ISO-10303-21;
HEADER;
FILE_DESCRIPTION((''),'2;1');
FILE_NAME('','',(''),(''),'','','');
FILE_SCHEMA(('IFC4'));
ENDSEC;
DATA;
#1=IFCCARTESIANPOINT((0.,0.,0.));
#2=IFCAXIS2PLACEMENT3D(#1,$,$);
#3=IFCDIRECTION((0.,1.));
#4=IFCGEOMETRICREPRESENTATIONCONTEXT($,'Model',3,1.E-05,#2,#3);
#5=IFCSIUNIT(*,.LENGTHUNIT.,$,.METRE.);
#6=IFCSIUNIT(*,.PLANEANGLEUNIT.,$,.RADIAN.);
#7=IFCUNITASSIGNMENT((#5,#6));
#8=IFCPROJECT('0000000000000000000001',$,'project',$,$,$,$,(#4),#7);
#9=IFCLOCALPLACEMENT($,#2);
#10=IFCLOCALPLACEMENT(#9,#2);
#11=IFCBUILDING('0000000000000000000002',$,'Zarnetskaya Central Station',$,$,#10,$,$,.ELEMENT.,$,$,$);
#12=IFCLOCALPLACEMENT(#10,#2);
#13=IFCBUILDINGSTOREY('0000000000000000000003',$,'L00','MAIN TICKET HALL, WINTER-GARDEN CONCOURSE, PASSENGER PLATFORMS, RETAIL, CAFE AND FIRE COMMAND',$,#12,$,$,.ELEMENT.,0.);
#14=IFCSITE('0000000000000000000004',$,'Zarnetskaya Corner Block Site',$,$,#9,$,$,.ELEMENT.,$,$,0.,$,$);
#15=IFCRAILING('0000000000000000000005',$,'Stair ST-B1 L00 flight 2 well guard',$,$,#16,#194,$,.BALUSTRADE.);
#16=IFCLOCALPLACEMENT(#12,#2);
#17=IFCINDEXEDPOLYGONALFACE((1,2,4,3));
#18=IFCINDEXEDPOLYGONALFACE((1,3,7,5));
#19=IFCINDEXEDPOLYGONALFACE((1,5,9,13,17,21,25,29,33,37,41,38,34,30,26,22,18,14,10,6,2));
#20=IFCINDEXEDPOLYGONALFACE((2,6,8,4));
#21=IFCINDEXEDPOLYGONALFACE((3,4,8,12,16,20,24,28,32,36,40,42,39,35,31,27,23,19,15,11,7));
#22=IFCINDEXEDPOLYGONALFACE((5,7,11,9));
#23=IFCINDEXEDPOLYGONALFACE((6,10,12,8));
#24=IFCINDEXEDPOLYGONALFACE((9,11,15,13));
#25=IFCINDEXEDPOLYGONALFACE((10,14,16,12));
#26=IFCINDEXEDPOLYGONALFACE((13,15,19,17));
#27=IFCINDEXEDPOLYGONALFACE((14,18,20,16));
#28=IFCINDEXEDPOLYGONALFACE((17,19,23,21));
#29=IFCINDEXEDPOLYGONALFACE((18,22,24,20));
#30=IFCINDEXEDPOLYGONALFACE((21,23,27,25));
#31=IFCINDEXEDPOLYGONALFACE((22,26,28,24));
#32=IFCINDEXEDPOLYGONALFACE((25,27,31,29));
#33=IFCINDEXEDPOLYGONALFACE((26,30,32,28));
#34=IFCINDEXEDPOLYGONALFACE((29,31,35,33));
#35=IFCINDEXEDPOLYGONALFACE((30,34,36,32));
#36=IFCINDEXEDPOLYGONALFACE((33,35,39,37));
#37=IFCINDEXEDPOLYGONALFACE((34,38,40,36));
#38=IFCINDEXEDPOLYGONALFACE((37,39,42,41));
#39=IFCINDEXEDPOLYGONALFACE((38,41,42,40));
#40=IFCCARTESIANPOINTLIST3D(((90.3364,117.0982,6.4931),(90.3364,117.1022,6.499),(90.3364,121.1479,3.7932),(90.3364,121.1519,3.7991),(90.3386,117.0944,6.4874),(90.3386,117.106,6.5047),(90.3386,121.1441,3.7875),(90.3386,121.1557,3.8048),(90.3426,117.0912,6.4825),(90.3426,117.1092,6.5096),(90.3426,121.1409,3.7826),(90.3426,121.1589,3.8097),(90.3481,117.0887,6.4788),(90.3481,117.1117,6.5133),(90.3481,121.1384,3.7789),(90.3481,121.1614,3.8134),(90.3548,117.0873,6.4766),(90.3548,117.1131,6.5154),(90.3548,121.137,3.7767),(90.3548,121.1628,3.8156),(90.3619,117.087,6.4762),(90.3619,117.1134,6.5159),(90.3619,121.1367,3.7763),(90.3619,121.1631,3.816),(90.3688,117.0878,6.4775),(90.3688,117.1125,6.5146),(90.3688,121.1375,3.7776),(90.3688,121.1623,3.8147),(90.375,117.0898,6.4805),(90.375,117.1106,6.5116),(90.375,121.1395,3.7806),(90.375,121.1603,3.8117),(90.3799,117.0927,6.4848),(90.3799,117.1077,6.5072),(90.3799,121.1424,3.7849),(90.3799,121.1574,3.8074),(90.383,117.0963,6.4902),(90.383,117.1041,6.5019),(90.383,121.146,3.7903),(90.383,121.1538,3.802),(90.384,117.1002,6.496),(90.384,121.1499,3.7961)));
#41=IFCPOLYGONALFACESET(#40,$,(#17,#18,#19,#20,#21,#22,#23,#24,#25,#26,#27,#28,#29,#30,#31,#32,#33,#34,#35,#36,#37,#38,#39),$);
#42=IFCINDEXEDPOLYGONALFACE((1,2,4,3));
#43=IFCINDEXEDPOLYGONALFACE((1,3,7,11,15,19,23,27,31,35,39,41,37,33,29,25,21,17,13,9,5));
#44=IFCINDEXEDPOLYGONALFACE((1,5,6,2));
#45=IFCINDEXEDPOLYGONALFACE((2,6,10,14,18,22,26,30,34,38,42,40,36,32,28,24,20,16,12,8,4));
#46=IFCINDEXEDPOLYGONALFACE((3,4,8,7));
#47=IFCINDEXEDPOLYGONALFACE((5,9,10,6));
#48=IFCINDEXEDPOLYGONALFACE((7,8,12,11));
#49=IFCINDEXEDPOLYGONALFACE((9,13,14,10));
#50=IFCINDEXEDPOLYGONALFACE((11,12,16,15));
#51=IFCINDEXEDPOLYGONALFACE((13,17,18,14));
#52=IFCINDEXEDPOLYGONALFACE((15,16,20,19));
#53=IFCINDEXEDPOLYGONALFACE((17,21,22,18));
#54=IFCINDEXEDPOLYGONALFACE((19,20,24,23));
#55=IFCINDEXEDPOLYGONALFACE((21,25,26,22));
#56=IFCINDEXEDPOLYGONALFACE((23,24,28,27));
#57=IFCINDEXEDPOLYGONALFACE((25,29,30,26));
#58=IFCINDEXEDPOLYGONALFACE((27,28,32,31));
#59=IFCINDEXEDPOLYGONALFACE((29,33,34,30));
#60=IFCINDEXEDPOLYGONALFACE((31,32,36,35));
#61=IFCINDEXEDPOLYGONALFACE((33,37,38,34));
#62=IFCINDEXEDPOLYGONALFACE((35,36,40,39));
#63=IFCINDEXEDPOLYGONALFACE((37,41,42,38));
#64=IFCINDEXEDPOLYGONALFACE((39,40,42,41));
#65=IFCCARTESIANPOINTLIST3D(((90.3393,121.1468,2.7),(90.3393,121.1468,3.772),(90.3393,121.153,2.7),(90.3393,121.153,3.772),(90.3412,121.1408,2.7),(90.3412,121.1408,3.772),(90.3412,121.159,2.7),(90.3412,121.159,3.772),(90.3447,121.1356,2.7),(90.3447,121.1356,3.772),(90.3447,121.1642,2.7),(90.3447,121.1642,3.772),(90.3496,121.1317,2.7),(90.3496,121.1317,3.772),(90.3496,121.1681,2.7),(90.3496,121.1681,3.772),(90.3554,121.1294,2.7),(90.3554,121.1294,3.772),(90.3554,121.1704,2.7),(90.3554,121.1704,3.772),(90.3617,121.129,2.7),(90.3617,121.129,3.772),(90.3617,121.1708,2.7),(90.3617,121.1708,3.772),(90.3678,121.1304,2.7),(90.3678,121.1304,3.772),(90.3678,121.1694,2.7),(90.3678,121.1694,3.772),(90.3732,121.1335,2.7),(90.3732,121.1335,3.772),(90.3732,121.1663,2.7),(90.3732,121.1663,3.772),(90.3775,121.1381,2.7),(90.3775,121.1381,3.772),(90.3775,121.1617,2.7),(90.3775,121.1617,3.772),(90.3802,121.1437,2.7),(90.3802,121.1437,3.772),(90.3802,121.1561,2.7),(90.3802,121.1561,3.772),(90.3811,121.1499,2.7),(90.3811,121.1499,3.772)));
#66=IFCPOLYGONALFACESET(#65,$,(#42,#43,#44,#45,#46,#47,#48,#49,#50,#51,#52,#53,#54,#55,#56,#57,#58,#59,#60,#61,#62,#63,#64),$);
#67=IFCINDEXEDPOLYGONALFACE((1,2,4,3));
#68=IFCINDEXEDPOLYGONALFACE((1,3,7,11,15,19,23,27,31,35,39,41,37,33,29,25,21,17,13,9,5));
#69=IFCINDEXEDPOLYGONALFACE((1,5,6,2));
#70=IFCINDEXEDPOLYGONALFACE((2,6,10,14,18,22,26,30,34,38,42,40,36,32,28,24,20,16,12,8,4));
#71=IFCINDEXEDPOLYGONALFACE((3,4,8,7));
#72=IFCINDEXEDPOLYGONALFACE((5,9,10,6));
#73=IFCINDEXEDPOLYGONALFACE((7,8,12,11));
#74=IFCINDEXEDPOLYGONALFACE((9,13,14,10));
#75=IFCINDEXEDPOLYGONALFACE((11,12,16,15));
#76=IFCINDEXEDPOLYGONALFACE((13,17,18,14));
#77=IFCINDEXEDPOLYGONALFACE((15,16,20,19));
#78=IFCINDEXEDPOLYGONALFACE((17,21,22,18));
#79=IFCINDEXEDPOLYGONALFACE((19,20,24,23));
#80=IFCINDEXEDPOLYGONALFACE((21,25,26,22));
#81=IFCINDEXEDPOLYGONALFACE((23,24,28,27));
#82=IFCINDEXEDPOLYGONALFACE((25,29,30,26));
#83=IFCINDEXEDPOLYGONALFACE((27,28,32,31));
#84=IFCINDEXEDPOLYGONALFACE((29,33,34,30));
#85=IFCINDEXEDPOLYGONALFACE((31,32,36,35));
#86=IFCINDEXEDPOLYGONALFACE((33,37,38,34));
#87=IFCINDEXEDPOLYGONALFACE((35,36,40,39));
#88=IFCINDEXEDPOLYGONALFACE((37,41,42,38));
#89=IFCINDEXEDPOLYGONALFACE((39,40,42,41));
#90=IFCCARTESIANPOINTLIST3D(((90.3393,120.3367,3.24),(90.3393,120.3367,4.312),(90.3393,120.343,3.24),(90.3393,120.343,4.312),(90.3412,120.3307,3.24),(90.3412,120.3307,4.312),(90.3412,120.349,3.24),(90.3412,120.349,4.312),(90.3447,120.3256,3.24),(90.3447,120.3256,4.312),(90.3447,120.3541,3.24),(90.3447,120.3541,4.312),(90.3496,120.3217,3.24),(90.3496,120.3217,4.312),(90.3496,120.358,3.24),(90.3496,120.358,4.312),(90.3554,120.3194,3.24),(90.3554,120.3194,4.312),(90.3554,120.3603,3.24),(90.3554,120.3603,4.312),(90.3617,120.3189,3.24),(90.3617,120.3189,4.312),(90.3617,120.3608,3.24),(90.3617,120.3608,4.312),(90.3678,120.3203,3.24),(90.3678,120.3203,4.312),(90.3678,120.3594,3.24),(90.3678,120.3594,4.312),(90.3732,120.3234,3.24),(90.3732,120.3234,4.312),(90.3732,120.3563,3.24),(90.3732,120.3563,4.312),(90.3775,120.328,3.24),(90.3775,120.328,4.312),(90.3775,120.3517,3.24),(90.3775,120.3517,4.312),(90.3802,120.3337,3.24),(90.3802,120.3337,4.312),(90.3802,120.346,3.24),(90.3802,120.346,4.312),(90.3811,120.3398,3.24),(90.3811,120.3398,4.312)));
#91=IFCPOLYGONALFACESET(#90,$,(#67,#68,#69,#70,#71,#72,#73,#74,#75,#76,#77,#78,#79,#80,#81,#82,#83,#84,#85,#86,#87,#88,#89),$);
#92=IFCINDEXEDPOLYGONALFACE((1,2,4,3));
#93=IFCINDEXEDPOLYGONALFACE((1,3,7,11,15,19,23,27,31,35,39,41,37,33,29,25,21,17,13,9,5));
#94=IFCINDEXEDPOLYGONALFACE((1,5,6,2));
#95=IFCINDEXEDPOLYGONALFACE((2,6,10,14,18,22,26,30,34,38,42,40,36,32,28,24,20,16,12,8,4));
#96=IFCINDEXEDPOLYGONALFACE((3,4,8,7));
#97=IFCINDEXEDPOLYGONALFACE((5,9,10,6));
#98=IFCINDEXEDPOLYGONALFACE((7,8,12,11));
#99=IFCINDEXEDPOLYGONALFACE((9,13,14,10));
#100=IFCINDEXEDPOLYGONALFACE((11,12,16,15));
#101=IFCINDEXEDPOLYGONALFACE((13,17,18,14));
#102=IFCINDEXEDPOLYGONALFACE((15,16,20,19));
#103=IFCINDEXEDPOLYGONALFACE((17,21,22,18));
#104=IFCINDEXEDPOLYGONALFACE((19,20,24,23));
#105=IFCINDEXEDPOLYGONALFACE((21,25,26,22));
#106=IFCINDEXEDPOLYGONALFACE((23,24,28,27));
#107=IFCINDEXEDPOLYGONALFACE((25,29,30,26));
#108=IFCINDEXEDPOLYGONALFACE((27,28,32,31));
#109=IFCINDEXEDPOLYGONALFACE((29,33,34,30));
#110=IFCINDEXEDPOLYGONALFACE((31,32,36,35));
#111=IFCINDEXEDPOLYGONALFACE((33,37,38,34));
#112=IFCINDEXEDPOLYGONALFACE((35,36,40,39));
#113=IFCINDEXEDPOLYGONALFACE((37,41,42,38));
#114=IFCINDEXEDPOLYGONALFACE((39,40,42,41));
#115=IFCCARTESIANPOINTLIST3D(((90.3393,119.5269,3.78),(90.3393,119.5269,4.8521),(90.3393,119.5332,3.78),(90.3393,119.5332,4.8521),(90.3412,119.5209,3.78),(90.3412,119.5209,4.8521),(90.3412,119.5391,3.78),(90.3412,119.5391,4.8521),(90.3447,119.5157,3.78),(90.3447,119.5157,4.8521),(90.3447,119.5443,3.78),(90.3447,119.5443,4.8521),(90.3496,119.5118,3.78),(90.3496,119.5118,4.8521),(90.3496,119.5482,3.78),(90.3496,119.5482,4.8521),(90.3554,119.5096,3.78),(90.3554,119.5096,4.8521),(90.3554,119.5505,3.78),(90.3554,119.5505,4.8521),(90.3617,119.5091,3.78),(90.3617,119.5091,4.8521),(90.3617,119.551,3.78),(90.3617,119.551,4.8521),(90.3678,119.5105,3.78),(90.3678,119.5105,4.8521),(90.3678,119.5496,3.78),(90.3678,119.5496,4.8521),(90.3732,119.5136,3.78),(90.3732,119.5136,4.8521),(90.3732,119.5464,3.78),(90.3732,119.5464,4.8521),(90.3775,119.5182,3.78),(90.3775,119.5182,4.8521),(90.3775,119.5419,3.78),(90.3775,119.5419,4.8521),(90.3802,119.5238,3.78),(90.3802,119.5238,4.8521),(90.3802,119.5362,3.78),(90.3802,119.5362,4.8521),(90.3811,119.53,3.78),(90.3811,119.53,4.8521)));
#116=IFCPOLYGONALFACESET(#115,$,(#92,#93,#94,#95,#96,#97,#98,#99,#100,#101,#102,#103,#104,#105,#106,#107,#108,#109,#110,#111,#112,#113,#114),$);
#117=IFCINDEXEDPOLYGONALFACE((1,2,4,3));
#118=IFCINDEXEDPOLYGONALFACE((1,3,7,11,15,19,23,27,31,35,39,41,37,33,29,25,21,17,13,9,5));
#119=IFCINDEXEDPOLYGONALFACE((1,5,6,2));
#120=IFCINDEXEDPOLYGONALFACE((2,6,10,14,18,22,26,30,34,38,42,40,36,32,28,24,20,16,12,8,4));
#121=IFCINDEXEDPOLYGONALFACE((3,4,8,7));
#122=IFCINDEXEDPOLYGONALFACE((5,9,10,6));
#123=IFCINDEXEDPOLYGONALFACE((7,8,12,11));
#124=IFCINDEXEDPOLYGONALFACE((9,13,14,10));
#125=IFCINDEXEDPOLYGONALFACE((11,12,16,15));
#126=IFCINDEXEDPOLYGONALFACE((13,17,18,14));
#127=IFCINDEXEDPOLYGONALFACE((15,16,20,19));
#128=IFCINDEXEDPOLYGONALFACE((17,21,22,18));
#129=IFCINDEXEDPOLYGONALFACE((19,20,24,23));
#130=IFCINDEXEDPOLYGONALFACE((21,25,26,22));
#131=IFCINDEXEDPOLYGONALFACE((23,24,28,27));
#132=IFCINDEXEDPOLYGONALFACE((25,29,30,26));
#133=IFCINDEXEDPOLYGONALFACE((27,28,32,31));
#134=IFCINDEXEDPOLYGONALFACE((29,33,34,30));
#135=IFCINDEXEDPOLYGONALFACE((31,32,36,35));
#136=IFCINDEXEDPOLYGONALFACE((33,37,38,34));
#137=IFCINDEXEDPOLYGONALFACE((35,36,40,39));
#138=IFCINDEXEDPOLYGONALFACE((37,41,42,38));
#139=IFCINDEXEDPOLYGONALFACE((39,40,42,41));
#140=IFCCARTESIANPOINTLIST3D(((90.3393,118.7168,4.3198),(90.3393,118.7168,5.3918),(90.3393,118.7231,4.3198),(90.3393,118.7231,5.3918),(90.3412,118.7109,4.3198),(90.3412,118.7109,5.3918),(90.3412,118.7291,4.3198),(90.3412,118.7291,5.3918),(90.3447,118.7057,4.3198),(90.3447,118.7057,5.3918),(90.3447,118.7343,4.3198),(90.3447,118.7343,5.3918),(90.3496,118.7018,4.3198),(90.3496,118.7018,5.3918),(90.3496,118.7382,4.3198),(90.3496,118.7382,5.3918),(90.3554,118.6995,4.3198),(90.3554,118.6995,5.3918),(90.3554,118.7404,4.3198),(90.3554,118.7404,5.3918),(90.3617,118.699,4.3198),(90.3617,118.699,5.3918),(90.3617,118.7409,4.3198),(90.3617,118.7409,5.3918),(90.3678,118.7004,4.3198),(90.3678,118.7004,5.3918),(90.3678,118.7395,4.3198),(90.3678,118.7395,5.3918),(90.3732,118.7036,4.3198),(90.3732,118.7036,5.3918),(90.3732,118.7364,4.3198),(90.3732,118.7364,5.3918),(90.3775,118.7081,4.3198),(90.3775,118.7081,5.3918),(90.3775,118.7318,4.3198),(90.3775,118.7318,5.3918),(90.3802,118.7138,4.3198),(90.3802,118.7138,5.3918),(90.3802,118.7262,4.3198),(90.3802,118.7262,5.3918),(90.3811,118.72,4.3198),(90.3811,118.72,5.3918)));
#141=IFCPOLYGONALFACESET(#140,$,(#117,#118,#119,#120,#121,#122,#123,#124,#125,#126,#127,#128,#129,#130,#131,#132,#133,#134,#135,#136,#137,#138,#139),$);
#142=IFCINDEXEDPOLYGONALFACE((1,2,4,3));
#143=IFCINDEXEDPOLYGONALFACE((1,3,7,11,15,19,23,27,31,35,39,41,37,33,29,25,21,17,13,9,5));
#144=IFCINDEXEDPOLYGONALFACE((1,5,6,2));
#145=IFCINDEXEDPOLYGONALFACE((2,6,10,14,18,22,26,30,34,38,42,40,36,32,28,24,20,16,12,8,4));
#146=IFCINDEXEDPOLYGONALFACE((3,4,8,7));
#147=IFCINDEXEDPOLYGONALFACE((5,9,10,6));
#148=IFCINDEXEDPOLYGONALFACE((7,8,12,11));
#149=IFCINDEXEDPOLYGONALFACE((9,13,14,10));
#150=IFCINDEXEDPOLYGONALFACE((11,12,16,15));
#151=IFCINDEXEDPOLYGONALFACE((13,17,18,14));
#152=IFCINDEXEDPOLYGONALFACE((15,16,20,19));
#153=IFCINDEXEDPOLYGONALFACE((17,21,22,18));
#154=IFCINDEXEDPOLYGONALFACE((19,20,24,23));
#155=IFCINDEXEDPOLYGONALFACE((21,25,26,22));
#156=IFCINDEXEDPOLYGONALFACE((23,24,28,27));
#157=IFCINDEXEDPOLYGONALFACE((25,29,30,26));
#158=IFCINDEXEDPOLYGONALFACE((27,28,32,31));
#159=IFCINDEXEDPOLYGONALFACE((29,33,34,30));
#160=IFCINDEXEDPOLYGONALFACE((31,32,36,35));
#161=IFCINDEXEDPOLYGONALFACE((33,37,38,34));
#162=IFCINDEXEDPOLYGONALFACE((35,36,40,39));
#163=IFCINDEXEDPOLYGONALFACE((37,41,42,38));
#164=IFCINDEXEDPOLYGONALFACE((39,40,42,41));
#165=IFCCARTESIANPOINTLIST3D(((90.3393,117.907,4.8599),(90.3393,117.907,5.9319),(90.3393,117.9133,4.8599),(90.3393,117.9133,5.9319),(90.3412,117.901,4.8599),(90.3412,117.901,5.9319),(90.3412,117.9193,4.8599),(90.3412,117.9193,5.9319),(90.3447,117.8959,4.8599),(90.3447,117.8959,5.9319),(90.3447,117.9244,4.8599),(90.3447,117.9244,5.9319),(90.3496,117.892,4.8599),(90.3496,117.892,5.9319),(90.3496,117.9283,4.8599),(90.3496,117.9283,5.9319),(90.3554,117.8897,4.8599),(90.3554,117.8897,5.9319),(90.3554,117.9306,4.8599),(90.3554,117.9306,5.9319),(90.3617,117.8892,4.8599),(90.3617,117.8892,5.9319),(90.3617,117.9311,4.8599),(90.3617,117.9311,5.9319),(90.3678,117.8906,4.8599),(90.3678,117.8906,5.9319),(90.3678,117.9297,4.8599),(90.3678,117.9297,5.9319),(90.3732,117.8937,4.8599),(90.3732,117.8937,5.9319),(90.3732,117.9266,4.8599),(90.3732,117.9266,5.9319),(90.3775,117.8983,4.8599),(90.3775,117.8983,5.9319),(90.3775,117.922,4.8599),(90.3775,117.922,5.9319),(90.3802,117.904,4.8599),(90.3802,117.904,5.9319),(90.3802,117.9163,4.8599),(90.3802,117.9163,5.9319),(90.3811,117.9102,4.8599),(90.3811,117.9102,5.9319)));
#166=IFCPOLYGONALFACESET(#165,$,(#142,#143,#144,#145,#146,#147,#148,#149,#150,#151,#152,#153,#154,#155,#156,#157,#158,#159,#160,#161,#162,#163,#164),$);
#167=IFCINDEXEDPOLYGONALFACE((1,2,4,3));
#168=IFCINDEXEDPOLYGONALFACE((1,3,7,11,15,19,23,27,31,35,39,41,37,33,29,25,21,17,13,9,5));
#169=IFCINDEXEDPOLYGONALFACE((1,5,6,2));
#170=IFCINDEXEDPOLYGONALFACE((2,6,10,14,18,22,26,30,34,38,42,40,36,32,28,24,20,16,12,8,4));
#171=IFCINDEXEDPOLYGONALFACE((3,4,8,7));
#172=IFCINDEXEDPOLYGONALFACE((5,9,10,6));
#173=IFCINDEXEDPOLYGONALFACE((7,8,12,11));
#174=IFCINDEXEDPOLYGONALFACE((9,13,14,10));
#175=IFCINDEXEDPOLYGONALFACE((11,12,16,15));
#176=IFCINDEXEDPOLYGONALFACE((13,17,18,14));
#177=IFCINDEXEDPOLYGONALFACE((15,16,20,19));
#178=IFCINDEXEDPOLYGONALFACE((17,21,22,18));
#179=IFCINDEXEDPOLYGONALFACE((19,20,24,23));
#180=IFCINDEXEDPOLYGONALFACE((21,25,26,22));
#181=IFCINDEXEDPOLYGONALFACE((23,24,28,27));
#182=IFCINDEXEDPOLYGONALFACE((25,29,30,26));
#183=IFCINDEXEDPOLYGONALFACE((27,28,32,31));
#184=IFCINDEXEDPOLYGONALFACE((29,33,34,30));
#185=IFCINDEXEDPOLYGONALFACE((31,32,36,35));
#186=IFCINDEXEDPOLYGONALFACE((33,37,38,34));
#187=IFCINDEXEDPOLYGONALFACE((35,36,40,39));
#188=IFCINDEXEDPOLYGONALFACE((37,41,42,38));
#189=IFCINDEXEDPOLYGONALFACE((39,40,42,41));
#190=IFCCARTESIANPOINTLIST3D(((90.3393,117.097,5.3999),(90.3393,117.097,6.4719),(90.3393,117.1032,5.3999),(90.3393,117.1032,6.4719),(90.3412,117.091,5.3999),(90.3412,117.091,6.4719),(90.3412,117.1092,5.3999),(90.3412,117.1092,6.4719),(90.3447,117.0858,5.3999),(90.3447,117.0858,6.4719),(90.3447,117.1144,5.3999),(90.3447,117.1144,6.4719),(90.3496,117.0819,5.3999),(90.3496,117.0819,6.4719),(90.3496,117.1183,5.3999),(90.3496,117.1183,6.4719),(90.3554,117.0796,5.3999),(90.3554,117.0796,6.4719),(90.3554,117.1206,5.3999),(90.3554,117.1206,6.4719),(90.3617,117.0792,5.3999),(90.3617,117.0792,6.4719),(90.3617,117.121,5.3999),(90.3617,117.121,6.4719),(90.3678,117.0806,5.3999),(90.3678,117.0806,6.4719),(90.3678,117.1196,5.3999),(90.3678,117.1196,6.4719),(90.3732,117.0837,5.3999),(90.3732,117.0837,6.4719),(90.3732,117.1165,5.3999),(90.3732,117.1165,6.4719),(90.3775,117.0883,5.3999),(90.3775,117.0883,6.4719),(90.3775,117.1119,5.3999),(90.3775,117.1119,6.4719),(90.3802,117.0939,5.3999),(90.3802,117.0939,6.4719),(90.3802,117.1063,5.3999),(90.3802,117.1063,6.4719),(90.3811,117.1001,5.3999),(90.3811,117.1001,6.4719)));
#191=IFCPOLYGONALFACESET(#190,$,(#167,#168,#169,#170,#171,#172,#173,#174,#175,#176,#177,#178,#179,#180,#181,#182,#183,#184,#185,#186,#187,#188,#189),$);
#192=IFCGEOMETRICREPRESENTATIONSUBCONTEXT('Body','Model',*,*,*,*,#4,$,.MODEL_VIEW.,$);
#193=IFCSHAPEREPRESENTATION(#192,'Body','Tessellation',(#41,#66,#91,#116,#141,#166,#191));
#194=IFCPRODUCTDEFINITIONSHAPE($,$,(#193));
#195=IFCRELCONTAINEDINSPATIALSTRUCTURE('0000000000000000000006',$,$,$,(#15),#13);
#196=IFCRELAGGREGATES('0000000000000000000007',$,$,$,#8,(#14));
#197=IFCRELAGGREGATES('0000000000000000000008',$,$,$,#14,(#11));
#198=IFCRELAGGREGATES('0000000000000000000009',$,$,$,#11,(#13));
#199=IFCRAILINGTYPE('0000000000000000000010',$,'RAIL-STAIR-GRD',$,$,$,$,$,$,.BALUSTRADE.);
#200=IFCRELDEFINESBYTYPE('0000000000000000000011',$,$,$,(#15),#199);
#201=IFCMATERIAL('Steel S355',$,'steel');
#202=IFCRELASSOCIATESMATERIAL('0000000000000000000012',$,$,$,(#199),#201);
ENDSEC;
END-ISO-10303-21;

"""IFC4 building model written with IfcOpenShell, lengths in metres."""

from ifc_helpers import new_model, si_unit, direction, frame, origin, origin_2d, place, context, subcontext, project, spatial, circle, extrude, material, type_object, element, save


model = new_model("IFC4")

# Units and contexts
model_context = context("Model", 3, precision=1e-05, world=origin(), true_north=direction((0.0, 1.0)))
body_context = subcontext(model_context, "Body", "Model", "MODEL_VIEW")
ifc_project = project(units=[si_unit("LENGTHUNIT", "METRE"), si_unit("PLANEANGLEUNIT", "RADIAN")], contexts=[model_context])

# Site, building, storey
site_placement = place(None, origin())
site = spatial("IfcSite", under=ifc_project, at=site_placement, Name="Zarnetskaya Corner Block Site", CompositionType="ELEMENT", RefElevation=0.0)
building_placement = place(site_placement, origin())
building = spatial("IfcBuilding", under=site, at=building_placement, Name="Zarnetskaya Central Station", CompositionType="ELEMENT")
storey_placement = place(building_placement, origin())
storey = spatial("IfcBuildingStorey", under=building, at=storey_placement, Name="L00", Description="MAIN TICKET HALL, WINTER-GARDEN CONCOURSE, PASSENGER PLATFORMS, RETAIL, CAFE AND FIRE COMMAND", CompositionType="ELEMENT", Elevation=0.0)

# Shared definitions
ifc_material_1 = material(Name="Steel S355", Category="steel")

# Railing
railing_type_1 = type_object("IfcRailingType", Name="RAIL-STAIR-GRD", PredefinedType="BALUSTRADE", material=ifc_material_1)
railing_1_placement = place(storey_placement, frame((90.3601, 121.1499, 2.7)))
element("IfcRailing", 1, at=railing_1_placement, inside=storey, type_object=railing_type_1, Name="Stair ST-B1 L00 flight 2 well guard", PredefinedType="BALUSTRADE", context=body_context, shape_type="SweptSolid", body=[
    extrude(circle(Radius=0.0239, at=origin_2d()), frame((0.0, 0.0, 1.0962), z_axis=(0.0, -0.832043, 0.554712), x_axis=(1.0, 0.0, 0.0)), (0.0, 0.0, 1.0), 4.8672),
    extrude(circle(Radius=0.021, at=origin_2d()), origin(), (0.0, 0.0, 1.0), 1.072),
    extrude(circle(Radius=0.021, at=origin_2d()), frame((0.0, -0.8101, 0.54)), (0.0, 0.0, 1.0), 1.072),
    extrude(circle(Radius=0.021, at=origin_2d()), frame((0.0, -1.6199, 1.0801)), (0.0, 0.0, 1.0), 1.072),
    extrude(circle(Radius=0.021, at=origin_2d()), frame((0.0, -2.4299, 1.6199)), (0.0, 0.0, 1.0), 1.072),
    extrude(circle(Radius=0.021, at=origin_2d()), frame((0.0, -3.2397, 2.1599)), (0.0, 0.0, 1.0), 1.072),
    extrude(circle(Radius=0.021, at=origin_2d()), frame((0.0, -4.0498, 2.7)), (0.0, 0.0, 1.0), 1.072),
])

save(model, "model.ifc")
